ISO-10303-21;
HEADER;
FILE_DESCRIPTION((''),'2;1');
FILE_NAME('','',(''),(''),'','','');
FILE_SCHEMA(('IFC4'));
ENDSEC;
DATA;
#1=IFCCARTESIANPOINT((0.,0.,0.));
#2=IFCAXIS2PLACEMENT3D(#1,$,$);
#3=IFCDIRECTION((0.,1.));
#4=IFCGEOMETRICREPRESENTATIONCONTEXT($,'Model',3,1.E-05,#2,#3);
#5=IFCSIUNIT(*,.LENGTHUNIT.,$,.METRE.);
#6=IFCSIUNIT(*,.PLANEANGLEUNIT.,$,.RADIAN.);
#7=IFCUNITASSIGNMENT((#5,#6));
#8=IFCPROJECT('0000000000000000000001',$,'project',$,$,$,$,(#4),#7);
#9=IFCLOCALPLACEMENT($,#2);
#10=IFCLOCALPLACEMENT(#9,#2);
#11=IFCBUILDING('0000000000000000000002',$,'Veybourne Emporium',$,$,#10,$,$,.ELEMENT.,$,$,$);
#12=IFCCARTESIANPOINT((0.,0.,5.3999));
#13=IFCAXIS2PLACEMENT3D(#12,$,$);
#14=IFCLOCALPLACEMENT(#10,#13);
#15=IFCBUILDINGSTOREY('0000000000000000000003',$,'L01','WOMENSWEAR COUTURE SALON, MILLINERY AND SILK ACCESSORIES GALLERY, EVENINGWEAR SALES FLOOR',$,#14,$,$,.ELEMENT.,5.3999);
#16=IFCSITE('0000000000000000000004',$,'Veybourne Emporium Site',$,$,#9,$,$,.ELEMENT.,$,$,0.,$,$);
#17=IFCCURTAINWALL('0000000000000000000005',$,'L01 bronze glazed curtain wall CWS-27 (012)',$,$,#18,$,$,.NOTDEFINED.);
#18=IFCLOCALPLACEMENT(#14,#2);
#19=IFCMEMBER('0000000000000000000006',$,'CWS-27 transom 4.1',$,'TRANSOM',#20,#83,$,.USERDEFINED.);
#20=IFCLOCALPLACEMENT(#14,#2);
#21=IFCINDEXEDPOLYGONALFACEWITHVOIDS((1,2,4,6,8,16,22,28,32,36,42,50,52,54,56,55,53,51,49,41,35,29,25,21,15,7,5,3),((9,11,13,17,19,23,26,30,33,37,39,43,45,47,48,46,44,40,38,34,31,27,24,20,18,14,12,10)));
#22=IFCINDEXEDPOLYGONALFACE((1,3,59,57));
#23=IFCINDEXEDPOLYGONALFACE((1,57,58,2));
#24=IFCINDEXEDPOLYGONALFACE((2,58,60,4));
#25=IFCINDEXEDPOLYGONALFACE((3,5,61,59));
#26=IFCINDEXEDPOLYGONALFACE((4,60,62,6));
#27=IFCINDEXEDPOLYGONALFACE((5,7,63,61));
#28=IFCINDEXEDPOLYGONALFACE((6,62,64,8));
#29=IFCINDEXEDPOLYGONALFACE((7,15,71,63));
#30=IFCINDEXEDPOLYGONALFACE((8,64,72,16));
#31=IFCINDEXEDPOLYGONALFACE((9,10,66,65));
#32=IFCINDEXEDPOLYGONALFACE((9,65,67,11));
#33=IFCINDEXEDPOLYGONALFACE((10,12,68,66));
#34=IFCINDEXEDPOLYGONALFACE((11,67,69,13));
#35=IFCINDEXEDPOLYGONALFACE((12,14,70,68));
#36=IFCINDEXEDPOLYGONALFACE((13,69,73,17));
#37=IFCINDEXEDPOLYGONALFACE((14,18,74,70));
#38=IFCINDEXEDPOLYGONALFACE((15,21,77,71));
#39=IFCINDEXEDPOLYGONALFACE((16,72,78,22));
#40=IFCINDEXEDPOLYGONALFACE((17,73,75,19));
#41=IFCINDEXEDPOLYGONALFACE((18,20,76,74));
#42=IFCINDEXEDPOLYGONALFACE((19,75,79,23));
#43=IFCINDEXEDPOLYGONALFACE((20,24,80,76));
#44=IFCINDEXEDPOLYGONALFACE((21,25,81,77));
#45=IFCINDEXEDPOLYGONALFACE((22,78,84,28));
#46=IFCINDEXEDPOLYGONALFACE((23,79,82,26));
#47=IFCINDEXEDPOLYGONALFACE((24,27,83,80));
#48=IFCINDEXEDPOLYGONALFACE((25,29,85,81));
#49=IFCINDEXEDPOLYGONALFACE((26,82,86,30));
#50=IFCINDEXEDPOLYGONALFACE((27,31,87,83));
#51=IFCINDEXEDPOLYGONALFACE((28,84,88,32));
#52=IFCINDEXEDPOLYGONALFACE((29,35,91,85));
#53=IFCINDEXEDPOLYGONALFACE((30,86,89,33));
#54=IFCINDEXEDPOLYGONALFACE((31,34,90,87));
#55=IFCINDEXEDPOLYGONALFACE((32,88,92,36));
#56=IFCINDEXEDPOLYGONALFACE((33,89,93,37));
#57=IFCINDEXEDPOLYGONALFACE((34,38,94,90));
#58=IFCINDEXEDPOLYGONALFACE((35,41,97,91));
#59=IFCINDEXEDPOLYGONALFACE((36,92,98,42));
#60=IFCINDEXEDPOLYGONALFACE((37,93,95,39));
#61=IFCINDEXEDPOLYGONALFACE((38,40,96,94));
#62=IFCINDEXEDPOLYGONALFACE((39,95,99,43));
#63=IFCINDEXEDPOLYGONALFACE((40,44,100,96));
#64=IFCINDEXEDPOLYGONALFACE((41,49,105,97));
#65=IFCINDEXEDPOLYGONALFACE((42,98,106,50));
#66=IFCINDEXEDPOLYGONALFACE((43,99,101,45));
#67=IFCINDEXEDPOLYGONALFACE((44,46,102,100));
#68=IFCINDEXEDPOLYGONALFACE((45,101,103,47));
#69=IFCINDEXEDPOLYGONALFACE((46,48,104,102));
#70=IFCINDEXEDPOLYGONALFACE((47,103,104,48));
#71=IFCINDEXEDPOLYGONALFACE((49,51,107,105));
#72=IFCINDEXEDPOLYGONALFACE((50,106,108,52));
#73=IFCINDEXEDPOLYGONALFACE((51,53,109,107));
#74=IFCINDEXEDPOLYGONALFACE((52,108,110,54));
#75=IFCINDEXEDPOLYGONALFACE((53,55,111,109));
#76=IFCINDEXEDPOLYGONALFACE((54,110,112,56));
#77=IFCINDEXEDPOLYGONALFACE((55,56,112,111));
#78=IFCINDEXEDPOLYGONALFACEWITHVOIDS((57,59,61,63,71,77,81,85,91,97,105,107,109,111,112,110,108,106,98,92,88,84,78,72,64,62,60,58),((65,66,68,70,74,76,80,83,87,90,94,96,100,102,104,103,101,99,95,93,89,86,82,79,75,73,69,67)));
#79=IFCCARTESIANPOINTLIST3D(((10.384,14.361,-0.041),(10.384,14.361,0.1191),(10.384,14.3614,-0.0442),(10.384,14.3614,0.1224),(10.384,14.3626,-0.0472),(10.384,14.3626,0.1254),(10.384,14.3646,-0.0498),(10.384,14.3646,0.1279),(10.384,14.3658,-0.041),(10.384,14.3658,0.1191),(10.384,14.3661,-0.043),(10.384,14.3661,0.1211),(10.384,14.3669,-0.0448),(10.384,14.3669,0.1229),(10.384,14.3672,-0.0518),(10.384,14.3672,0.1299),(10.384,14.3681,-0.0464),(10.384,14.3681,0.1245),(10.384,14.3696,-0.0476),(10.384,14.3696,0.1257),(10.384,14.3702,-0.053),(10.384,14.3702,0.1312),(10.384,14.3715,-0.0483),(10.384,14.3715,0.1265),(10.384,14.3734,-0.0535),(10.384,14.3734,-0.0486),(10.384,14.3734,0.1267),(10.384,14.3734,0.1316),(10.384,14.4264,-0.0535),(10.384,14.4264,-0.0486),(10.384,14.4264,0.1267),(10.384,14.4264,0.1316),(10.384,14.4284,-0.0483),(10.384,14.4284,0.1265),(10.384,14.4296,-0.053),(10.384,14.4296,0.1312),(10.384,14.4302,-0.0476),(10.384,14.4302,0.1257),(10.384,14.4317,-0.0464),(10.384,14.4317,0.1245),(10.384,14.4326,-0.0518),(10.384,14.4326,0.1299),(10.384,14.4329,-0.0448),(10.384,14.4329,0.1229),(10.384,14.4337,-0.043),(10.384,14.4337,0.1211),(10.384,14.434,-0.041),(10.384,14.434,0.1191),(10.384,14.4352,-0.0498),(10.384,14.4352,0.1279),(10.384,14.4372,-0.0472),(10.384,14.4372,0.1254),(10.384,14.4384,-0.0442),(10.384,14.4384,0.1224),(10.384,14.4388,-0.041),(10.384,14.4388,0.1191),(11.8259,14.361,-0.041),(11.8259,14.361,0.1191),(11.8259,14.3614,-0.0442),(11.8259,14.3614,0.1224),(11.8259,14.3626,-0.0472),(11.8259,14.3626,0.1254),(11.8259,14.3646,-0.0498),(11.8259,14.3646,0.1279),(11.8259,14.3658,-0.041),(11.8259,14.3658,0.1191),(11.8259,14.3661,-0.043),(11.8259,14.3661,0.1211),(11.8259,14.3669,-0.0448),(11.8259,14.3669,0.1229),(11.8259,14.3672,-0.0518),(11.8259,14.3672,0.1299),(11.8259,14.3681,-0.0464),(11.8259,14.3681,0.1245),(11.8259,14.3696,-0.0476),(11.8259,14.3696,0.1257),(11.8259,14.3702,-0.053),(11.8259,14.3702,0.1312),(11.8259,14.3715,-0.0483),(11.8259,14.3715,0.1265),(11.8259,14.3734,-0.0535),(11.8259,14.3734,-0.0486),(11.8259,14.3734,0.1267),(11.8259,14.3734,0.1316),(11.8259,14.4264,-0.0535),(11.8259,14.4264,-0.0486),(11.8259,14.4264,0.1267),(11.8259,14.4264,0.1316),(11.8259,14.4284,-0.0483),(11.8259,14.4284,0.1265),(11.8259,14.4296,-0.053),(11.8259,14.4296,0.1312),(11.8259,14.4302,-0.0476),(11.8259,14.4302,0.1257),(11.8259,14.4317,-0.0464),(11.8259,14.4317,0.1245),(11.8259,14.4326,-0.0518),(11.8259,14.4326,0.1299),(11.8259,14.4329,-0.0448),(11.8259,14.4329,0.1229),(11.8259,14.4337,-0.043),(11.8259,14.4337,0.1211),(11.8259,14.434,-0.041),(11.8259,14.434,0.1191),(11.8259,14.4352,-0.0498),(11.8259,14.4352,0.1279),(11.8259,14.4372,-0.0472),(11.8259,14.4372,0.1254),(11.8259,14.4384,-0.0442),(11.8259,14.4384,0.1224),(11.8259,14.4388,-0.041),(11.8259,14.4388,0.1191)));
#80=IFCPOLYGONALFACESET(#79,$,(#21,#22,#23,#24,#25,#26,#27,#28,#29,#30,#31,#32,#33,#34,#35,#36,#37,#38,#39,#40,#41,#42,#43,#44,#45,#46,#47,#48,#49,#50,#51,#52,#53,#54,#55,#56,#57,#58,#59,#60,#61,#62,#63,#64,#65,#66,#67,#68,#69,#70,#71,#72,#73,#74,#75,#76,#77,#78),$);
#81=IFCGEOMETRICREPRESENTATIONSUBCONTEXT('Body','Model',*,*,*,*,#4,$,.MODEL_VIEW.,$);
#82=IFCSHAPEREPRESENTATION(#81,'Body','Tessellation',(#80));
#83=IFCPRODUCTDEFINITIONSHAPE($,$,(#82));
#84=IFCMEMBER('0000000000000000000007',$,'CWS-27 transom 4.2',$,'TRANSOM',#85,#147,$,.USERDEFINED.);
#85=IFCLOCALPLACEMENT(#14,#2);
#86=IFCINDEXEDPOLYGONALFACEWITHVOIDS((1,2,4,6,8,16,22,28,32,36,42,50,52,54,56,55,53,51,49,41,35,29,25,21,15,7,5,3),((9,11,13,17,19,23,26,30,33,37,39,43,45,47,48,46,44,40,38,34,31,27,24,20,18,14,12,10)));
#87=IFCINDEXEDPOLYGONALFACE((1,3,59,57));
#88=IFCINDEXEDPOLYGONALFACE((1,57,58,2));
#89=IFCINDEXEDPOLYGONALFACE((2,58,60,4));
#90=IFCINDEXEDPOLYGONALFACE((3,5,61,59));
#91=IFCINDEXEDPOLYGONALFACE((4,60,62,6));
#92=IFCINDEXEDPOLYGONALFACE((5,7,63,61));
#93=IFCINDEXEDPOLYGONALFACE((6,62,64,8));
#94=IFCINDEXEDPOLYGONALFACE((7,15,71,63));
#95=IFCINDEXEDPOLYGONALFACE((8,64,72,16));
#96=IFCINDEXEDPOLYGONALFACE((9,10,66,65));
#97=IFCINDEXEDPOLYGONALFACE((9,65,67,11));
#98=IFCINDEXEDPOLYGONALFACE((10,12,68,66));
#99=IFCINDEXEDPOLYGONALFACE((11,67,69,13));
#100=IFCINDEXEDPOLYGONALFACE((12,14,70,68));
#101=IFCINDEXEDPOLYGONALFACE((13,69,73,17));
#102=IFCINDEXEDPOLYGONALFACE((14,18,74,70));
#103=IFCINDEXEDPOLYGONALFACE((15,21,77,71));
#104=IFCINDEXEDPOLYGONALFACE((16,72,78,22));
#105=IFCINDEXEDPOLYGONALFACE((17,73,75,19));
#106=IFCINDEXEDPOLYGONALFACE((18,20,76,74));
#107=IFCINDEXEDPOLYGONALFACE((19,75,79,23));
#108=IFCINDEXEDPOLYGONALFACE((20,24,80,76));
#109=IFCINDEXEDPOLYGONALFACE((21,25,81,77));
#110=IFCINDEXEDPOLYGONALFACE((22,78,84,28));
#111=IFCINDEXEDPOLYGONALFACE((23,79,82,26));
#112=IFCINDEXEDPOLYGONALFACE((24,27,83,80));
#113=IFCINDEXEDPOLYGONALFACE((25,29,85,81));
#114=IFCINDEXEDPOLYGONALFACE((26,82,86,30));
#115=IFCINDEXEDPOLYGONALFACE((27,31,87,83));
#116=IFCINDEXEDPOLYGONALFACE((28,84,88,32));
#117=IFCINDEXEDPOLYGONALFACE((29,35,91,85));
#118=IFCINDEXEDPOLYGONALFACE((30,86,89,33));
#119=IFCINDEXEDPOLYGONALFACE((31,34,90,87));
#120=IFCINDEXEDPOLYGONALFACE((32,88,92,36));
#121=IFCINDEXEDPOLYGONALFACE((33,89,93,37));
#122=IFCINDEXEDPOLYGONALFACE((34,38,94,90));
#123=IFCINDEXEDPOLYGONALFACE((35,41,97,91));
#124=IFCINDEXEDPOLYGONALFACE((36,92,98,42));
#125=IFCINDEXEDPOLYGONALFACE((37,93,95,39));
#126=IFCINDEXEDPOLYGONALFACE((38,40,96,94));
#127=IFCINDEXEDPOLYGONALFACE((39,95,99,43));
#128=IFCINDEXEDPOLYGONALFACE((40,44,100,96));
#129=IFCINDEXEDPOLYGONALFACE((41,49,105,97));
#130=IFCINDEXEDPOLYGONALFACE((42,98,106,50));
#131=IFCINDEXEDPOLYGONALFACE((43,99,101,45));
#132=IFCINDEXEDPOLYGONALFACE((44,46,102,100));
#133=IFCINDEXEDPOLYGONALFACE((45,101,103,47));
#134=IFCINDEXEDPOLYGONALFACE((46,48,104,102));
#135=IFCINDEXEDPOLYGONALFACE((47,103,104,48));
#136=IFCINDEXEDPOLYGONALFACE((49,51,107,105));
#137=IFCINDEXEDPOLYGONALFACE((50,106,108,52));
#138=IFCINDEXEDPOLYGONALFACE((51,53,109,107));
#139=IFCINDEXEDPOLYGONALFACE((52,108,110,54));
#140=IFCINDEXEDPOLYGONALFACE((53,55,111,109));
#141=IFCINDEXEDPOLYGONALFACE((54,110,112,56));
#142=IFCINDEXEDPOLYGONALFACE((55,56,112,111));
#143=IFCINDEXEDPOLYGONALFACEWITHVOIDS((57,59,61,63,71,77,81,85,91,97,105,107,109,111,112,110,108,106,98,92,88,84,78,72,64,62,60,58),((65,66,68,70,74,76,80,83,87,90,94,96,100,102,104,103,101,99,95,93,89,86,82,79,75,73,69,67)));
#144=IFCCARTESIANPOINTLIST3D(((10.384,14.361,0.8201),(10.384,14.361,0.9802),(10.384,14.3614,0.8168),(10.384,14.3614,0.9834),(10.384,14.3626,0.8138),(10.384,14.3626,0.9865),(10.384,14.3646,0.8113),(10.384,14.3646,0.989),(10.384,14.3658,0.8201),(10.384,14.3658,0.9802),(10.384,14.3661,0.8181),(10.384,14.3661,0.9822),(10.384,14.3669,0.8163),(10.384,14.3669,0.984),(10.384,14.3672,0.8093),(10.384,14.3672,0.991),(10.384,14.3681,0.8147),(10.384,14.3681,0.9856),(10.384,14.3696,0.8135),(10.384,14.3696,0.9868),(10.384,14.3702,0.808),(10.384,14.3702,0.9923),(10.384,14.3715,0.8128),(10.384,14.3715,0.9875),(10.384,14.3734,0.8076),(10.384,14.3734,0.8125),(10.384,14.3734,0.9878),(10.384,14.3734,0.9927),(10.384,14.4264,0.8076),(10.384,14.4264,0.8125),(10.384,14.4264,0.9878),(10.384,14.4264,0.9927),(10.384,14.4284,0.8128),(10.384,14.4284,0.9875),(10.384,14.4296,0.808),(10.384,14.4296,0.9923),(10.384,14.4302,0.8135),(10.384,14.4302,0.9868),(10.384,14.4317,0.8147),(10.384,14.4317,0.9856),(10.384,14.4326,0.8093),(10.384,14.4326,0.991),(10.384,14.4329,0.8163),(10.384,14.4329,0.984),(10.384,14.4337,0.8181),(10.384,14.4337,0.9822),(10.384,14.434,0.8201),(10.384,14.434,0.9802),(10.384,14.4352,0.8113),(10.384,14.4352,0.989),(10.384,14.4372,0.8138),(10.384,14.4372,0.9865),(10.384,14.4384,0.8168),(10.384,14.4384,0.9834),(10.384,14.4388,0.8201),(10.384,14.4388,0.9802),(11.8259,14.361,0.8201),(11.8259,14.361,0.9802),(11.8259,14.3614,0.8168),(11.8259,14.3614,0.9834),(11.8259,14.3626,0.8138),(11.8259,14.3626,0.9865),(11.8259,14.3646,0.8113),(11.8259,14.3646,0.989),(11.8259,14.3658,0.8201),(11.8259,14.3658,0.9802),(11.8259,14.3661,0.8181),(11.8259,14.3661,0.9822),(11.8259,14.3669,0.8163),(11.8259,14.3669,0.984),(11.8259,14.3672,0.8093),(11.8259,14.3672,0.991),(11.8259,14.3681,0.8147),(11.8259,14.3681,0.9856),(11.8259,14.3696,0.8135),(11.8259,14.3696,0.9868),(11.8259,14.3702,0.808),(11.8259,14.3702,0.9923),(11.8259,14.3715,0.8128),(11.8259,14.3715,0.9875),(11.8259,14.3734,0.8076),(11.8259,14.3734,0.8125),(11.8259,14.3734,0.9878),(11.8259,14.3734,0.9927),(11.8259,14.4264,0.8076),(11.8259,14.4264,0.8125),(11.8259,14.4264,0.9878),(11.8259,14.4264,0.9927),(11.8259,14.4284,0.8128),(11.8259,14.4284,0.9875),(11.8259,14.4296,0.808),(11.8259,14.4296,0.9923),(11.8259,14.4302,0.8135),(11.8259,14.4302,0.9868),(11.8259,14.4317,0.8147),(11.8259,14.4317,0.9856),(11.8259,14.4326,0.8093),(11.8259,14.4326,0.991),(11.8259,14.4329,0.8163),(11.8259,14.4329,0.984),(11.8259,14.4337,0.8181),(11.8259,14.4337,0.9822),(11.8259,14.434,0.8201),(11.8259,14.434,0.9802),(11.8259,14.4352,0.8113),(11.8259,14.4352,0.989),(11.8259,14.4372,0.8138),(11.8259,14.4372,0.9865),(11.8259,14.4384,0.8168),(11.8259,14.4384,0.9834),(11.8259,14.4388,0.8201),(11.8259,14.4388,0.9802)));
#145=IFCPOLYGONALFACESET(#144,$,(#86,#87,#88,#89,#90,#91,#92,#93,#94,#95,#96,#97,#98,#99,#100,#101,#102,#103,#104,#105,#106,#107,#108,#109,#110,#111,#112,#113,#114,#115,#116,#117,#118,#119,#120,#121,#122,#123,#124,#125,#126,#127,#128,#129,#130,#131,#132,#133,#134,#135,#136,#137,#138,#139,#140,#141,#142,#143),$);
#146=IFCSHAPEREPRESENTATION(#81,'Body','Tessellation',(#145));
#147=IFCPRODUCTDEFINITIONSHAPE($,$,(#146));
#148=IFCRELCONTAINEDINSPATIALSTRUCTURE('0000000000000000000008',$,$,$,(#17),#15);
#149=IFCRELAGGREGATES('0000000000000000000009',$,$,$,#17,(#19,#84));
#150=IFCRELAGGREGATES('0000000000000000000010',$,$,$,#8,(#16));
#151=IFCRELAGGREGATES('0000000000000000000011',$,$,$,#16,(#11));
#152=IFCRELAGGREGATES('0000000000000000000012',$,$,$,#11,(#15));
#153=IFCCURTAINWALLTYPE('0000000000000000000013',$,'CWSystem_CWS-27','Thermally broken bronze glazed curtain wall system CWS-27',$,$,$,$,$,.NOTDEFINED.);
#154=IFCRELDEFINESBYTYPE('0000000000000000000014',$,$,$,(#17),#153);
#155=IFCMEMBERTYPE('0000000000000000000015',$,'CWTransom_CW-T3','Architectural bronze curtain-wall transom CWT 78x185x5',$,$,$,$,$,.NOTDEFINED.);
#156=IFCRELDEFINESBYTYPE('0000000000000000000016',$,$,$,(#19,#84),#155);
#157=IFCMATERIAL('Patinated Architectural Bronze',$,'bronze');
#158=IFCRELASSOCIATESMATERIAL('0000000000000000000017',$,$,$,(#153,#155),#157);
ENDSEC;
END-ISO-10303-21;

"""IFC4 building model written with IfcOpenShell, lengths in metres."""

from ifc_helpers import new_model, si_unit, direction, frame, origin, origin_2d, place, context, subcontext, project, spatial, hollow_rectangle, extrude, material, material_profile, profile_set, type_object, element, aggregate, save


model = new_model("IFC4")

# Units and contexts
model_context = context("Model", 3, precision=1e-05, world=origin(), true_north=direction((0.0, 1.0)))
body_context = subcontext(model_context, "Body", "Model", "MODEL_VIEW")
ifc_project = project(units=[si_unit("LENGTHUNIT", "METRE"), si_unit("PLANEANGLEUNIT", "RADIAN")], contexts=[model_context])

# Site, building, storey
site_placement = place(None, origin())
site = spatial("IfcSite", under=ifc_project, at=site_placement, Name="Veybourne Emporium Site", CompositionType="ELEMENT", RefElevation=0.0)
building_placement = place(site_placement, origin())
building = spatial("IfcBuilding", under=site, at=building_placement, Name="Veybourne Emporium", CompositionType="ELEMENT")
storey_placement = place(building_placement, frame((0.0, 0.0, 5.3999)))
storey = spatial("IfcBuildingStorey", under=building, at=storey_placement, Name="L01", Description="WOMENSWEAR COUTURE SALON, MILLINERY AND SILK ACCESSORIES GALLERY, EVENINGWEAR SALES FLOOR", CompositionType="ELEMENT", Elevation=5.3999)

# Curtain wall, members
ifc_material_1 = material(Name="Patinated Architectural Bronze", Category="bronze")
curtain_wall_type = type_object("IfcCurtainWallType", Name="CWSystem_CWS-27", Description="Thermally broken bronze glazed curtain wall system CWS-27", PredefinedType="NOTDEFINED", material=ifc_material_1)
curtain_wall_placement = place(storey_placement, origin())
curtain_wall = element("IfcCurtainWall", 1, at=curtain_wall_placement, inside=storey, type_object=curtain_wall_type, Name="L01 bronze glazed curtain wall CWS-27 (012)", PredefinedType="NOTDEFINED")
ifc_material_profile_1 = material_profile(ifc_material_1, hollow_rectangle(XDim=0.0779, YDim=0.1851, WallThickness=0.0049, InnerFilletRadius=0.0076, OuterFilletRadius=0.0125, at=origin_2d()), Name="CWT 78x185x5")
ifc_profile_set_1 = profile_set([ifc_material_profile_1], Name="Patinated Architectural Bronze")
member_type_1 = type_object("IfcMemberType", Name="CWTransom_CW-T3", Description="Architectural bronze curtain-wall transom CWT 78x185x5", PredefinedType="NOTDEFINED", material=ifc_profile_set_1)
member_1_placement = place(storey_placement, frame((11.8259, 14.3999, 0.0391), z_axis=(-1.0, 0.0, 0.0), x_axis=(0.0, -1.0, 0.0)))
member_1 = element("IfcMember", 2, at=member_1_placement, type_object=member_type_1, Name="CWS-27 transom 4.1", ObjectType="TRANSOM", PredefinedType="USERDEFINED", context=body_context, shape_type="SweptSolid", body=[
    extrude(hollow_rectangle(XDim=0.0779, YDim=0.1851, WallThickness=0.0049, InnerFilletRadius=0.0076, OuterFilletRadius=0.0125, at=origin_2d()), origin(), (0.0, 0.0, 1.0), 1.4419),
])
member_2_placement = place(storey_placement, frame((11.8259, 14.3999, 0.9001), z_axis=(-1.0, 0.0, 0.0), x_axis=(0.0, -1.0, 0.0)))
member_2 = element("IfcMember", 3, at=member_2_placement, type_object=member_type_1, Name="CWS-27 transom 4.2", ObjectType="TRANSOM", PredefinedType="USERDEFINED", context=body_context, shape_type="SweptSolid", body=[
    extrude(hollow_rectangle(XDim=0.0779, YDim=0.1851, WallThickness=0.0049, InnerFilletRadius=0.0076, OuterFilletRadius=0.0125, at=origin_2d()), origin(), (0.0, 0.0, 1.0), 1.4419),
])
aggregate(curtain_wall, [member_1, member_2])

save(model, "model.ifc")
